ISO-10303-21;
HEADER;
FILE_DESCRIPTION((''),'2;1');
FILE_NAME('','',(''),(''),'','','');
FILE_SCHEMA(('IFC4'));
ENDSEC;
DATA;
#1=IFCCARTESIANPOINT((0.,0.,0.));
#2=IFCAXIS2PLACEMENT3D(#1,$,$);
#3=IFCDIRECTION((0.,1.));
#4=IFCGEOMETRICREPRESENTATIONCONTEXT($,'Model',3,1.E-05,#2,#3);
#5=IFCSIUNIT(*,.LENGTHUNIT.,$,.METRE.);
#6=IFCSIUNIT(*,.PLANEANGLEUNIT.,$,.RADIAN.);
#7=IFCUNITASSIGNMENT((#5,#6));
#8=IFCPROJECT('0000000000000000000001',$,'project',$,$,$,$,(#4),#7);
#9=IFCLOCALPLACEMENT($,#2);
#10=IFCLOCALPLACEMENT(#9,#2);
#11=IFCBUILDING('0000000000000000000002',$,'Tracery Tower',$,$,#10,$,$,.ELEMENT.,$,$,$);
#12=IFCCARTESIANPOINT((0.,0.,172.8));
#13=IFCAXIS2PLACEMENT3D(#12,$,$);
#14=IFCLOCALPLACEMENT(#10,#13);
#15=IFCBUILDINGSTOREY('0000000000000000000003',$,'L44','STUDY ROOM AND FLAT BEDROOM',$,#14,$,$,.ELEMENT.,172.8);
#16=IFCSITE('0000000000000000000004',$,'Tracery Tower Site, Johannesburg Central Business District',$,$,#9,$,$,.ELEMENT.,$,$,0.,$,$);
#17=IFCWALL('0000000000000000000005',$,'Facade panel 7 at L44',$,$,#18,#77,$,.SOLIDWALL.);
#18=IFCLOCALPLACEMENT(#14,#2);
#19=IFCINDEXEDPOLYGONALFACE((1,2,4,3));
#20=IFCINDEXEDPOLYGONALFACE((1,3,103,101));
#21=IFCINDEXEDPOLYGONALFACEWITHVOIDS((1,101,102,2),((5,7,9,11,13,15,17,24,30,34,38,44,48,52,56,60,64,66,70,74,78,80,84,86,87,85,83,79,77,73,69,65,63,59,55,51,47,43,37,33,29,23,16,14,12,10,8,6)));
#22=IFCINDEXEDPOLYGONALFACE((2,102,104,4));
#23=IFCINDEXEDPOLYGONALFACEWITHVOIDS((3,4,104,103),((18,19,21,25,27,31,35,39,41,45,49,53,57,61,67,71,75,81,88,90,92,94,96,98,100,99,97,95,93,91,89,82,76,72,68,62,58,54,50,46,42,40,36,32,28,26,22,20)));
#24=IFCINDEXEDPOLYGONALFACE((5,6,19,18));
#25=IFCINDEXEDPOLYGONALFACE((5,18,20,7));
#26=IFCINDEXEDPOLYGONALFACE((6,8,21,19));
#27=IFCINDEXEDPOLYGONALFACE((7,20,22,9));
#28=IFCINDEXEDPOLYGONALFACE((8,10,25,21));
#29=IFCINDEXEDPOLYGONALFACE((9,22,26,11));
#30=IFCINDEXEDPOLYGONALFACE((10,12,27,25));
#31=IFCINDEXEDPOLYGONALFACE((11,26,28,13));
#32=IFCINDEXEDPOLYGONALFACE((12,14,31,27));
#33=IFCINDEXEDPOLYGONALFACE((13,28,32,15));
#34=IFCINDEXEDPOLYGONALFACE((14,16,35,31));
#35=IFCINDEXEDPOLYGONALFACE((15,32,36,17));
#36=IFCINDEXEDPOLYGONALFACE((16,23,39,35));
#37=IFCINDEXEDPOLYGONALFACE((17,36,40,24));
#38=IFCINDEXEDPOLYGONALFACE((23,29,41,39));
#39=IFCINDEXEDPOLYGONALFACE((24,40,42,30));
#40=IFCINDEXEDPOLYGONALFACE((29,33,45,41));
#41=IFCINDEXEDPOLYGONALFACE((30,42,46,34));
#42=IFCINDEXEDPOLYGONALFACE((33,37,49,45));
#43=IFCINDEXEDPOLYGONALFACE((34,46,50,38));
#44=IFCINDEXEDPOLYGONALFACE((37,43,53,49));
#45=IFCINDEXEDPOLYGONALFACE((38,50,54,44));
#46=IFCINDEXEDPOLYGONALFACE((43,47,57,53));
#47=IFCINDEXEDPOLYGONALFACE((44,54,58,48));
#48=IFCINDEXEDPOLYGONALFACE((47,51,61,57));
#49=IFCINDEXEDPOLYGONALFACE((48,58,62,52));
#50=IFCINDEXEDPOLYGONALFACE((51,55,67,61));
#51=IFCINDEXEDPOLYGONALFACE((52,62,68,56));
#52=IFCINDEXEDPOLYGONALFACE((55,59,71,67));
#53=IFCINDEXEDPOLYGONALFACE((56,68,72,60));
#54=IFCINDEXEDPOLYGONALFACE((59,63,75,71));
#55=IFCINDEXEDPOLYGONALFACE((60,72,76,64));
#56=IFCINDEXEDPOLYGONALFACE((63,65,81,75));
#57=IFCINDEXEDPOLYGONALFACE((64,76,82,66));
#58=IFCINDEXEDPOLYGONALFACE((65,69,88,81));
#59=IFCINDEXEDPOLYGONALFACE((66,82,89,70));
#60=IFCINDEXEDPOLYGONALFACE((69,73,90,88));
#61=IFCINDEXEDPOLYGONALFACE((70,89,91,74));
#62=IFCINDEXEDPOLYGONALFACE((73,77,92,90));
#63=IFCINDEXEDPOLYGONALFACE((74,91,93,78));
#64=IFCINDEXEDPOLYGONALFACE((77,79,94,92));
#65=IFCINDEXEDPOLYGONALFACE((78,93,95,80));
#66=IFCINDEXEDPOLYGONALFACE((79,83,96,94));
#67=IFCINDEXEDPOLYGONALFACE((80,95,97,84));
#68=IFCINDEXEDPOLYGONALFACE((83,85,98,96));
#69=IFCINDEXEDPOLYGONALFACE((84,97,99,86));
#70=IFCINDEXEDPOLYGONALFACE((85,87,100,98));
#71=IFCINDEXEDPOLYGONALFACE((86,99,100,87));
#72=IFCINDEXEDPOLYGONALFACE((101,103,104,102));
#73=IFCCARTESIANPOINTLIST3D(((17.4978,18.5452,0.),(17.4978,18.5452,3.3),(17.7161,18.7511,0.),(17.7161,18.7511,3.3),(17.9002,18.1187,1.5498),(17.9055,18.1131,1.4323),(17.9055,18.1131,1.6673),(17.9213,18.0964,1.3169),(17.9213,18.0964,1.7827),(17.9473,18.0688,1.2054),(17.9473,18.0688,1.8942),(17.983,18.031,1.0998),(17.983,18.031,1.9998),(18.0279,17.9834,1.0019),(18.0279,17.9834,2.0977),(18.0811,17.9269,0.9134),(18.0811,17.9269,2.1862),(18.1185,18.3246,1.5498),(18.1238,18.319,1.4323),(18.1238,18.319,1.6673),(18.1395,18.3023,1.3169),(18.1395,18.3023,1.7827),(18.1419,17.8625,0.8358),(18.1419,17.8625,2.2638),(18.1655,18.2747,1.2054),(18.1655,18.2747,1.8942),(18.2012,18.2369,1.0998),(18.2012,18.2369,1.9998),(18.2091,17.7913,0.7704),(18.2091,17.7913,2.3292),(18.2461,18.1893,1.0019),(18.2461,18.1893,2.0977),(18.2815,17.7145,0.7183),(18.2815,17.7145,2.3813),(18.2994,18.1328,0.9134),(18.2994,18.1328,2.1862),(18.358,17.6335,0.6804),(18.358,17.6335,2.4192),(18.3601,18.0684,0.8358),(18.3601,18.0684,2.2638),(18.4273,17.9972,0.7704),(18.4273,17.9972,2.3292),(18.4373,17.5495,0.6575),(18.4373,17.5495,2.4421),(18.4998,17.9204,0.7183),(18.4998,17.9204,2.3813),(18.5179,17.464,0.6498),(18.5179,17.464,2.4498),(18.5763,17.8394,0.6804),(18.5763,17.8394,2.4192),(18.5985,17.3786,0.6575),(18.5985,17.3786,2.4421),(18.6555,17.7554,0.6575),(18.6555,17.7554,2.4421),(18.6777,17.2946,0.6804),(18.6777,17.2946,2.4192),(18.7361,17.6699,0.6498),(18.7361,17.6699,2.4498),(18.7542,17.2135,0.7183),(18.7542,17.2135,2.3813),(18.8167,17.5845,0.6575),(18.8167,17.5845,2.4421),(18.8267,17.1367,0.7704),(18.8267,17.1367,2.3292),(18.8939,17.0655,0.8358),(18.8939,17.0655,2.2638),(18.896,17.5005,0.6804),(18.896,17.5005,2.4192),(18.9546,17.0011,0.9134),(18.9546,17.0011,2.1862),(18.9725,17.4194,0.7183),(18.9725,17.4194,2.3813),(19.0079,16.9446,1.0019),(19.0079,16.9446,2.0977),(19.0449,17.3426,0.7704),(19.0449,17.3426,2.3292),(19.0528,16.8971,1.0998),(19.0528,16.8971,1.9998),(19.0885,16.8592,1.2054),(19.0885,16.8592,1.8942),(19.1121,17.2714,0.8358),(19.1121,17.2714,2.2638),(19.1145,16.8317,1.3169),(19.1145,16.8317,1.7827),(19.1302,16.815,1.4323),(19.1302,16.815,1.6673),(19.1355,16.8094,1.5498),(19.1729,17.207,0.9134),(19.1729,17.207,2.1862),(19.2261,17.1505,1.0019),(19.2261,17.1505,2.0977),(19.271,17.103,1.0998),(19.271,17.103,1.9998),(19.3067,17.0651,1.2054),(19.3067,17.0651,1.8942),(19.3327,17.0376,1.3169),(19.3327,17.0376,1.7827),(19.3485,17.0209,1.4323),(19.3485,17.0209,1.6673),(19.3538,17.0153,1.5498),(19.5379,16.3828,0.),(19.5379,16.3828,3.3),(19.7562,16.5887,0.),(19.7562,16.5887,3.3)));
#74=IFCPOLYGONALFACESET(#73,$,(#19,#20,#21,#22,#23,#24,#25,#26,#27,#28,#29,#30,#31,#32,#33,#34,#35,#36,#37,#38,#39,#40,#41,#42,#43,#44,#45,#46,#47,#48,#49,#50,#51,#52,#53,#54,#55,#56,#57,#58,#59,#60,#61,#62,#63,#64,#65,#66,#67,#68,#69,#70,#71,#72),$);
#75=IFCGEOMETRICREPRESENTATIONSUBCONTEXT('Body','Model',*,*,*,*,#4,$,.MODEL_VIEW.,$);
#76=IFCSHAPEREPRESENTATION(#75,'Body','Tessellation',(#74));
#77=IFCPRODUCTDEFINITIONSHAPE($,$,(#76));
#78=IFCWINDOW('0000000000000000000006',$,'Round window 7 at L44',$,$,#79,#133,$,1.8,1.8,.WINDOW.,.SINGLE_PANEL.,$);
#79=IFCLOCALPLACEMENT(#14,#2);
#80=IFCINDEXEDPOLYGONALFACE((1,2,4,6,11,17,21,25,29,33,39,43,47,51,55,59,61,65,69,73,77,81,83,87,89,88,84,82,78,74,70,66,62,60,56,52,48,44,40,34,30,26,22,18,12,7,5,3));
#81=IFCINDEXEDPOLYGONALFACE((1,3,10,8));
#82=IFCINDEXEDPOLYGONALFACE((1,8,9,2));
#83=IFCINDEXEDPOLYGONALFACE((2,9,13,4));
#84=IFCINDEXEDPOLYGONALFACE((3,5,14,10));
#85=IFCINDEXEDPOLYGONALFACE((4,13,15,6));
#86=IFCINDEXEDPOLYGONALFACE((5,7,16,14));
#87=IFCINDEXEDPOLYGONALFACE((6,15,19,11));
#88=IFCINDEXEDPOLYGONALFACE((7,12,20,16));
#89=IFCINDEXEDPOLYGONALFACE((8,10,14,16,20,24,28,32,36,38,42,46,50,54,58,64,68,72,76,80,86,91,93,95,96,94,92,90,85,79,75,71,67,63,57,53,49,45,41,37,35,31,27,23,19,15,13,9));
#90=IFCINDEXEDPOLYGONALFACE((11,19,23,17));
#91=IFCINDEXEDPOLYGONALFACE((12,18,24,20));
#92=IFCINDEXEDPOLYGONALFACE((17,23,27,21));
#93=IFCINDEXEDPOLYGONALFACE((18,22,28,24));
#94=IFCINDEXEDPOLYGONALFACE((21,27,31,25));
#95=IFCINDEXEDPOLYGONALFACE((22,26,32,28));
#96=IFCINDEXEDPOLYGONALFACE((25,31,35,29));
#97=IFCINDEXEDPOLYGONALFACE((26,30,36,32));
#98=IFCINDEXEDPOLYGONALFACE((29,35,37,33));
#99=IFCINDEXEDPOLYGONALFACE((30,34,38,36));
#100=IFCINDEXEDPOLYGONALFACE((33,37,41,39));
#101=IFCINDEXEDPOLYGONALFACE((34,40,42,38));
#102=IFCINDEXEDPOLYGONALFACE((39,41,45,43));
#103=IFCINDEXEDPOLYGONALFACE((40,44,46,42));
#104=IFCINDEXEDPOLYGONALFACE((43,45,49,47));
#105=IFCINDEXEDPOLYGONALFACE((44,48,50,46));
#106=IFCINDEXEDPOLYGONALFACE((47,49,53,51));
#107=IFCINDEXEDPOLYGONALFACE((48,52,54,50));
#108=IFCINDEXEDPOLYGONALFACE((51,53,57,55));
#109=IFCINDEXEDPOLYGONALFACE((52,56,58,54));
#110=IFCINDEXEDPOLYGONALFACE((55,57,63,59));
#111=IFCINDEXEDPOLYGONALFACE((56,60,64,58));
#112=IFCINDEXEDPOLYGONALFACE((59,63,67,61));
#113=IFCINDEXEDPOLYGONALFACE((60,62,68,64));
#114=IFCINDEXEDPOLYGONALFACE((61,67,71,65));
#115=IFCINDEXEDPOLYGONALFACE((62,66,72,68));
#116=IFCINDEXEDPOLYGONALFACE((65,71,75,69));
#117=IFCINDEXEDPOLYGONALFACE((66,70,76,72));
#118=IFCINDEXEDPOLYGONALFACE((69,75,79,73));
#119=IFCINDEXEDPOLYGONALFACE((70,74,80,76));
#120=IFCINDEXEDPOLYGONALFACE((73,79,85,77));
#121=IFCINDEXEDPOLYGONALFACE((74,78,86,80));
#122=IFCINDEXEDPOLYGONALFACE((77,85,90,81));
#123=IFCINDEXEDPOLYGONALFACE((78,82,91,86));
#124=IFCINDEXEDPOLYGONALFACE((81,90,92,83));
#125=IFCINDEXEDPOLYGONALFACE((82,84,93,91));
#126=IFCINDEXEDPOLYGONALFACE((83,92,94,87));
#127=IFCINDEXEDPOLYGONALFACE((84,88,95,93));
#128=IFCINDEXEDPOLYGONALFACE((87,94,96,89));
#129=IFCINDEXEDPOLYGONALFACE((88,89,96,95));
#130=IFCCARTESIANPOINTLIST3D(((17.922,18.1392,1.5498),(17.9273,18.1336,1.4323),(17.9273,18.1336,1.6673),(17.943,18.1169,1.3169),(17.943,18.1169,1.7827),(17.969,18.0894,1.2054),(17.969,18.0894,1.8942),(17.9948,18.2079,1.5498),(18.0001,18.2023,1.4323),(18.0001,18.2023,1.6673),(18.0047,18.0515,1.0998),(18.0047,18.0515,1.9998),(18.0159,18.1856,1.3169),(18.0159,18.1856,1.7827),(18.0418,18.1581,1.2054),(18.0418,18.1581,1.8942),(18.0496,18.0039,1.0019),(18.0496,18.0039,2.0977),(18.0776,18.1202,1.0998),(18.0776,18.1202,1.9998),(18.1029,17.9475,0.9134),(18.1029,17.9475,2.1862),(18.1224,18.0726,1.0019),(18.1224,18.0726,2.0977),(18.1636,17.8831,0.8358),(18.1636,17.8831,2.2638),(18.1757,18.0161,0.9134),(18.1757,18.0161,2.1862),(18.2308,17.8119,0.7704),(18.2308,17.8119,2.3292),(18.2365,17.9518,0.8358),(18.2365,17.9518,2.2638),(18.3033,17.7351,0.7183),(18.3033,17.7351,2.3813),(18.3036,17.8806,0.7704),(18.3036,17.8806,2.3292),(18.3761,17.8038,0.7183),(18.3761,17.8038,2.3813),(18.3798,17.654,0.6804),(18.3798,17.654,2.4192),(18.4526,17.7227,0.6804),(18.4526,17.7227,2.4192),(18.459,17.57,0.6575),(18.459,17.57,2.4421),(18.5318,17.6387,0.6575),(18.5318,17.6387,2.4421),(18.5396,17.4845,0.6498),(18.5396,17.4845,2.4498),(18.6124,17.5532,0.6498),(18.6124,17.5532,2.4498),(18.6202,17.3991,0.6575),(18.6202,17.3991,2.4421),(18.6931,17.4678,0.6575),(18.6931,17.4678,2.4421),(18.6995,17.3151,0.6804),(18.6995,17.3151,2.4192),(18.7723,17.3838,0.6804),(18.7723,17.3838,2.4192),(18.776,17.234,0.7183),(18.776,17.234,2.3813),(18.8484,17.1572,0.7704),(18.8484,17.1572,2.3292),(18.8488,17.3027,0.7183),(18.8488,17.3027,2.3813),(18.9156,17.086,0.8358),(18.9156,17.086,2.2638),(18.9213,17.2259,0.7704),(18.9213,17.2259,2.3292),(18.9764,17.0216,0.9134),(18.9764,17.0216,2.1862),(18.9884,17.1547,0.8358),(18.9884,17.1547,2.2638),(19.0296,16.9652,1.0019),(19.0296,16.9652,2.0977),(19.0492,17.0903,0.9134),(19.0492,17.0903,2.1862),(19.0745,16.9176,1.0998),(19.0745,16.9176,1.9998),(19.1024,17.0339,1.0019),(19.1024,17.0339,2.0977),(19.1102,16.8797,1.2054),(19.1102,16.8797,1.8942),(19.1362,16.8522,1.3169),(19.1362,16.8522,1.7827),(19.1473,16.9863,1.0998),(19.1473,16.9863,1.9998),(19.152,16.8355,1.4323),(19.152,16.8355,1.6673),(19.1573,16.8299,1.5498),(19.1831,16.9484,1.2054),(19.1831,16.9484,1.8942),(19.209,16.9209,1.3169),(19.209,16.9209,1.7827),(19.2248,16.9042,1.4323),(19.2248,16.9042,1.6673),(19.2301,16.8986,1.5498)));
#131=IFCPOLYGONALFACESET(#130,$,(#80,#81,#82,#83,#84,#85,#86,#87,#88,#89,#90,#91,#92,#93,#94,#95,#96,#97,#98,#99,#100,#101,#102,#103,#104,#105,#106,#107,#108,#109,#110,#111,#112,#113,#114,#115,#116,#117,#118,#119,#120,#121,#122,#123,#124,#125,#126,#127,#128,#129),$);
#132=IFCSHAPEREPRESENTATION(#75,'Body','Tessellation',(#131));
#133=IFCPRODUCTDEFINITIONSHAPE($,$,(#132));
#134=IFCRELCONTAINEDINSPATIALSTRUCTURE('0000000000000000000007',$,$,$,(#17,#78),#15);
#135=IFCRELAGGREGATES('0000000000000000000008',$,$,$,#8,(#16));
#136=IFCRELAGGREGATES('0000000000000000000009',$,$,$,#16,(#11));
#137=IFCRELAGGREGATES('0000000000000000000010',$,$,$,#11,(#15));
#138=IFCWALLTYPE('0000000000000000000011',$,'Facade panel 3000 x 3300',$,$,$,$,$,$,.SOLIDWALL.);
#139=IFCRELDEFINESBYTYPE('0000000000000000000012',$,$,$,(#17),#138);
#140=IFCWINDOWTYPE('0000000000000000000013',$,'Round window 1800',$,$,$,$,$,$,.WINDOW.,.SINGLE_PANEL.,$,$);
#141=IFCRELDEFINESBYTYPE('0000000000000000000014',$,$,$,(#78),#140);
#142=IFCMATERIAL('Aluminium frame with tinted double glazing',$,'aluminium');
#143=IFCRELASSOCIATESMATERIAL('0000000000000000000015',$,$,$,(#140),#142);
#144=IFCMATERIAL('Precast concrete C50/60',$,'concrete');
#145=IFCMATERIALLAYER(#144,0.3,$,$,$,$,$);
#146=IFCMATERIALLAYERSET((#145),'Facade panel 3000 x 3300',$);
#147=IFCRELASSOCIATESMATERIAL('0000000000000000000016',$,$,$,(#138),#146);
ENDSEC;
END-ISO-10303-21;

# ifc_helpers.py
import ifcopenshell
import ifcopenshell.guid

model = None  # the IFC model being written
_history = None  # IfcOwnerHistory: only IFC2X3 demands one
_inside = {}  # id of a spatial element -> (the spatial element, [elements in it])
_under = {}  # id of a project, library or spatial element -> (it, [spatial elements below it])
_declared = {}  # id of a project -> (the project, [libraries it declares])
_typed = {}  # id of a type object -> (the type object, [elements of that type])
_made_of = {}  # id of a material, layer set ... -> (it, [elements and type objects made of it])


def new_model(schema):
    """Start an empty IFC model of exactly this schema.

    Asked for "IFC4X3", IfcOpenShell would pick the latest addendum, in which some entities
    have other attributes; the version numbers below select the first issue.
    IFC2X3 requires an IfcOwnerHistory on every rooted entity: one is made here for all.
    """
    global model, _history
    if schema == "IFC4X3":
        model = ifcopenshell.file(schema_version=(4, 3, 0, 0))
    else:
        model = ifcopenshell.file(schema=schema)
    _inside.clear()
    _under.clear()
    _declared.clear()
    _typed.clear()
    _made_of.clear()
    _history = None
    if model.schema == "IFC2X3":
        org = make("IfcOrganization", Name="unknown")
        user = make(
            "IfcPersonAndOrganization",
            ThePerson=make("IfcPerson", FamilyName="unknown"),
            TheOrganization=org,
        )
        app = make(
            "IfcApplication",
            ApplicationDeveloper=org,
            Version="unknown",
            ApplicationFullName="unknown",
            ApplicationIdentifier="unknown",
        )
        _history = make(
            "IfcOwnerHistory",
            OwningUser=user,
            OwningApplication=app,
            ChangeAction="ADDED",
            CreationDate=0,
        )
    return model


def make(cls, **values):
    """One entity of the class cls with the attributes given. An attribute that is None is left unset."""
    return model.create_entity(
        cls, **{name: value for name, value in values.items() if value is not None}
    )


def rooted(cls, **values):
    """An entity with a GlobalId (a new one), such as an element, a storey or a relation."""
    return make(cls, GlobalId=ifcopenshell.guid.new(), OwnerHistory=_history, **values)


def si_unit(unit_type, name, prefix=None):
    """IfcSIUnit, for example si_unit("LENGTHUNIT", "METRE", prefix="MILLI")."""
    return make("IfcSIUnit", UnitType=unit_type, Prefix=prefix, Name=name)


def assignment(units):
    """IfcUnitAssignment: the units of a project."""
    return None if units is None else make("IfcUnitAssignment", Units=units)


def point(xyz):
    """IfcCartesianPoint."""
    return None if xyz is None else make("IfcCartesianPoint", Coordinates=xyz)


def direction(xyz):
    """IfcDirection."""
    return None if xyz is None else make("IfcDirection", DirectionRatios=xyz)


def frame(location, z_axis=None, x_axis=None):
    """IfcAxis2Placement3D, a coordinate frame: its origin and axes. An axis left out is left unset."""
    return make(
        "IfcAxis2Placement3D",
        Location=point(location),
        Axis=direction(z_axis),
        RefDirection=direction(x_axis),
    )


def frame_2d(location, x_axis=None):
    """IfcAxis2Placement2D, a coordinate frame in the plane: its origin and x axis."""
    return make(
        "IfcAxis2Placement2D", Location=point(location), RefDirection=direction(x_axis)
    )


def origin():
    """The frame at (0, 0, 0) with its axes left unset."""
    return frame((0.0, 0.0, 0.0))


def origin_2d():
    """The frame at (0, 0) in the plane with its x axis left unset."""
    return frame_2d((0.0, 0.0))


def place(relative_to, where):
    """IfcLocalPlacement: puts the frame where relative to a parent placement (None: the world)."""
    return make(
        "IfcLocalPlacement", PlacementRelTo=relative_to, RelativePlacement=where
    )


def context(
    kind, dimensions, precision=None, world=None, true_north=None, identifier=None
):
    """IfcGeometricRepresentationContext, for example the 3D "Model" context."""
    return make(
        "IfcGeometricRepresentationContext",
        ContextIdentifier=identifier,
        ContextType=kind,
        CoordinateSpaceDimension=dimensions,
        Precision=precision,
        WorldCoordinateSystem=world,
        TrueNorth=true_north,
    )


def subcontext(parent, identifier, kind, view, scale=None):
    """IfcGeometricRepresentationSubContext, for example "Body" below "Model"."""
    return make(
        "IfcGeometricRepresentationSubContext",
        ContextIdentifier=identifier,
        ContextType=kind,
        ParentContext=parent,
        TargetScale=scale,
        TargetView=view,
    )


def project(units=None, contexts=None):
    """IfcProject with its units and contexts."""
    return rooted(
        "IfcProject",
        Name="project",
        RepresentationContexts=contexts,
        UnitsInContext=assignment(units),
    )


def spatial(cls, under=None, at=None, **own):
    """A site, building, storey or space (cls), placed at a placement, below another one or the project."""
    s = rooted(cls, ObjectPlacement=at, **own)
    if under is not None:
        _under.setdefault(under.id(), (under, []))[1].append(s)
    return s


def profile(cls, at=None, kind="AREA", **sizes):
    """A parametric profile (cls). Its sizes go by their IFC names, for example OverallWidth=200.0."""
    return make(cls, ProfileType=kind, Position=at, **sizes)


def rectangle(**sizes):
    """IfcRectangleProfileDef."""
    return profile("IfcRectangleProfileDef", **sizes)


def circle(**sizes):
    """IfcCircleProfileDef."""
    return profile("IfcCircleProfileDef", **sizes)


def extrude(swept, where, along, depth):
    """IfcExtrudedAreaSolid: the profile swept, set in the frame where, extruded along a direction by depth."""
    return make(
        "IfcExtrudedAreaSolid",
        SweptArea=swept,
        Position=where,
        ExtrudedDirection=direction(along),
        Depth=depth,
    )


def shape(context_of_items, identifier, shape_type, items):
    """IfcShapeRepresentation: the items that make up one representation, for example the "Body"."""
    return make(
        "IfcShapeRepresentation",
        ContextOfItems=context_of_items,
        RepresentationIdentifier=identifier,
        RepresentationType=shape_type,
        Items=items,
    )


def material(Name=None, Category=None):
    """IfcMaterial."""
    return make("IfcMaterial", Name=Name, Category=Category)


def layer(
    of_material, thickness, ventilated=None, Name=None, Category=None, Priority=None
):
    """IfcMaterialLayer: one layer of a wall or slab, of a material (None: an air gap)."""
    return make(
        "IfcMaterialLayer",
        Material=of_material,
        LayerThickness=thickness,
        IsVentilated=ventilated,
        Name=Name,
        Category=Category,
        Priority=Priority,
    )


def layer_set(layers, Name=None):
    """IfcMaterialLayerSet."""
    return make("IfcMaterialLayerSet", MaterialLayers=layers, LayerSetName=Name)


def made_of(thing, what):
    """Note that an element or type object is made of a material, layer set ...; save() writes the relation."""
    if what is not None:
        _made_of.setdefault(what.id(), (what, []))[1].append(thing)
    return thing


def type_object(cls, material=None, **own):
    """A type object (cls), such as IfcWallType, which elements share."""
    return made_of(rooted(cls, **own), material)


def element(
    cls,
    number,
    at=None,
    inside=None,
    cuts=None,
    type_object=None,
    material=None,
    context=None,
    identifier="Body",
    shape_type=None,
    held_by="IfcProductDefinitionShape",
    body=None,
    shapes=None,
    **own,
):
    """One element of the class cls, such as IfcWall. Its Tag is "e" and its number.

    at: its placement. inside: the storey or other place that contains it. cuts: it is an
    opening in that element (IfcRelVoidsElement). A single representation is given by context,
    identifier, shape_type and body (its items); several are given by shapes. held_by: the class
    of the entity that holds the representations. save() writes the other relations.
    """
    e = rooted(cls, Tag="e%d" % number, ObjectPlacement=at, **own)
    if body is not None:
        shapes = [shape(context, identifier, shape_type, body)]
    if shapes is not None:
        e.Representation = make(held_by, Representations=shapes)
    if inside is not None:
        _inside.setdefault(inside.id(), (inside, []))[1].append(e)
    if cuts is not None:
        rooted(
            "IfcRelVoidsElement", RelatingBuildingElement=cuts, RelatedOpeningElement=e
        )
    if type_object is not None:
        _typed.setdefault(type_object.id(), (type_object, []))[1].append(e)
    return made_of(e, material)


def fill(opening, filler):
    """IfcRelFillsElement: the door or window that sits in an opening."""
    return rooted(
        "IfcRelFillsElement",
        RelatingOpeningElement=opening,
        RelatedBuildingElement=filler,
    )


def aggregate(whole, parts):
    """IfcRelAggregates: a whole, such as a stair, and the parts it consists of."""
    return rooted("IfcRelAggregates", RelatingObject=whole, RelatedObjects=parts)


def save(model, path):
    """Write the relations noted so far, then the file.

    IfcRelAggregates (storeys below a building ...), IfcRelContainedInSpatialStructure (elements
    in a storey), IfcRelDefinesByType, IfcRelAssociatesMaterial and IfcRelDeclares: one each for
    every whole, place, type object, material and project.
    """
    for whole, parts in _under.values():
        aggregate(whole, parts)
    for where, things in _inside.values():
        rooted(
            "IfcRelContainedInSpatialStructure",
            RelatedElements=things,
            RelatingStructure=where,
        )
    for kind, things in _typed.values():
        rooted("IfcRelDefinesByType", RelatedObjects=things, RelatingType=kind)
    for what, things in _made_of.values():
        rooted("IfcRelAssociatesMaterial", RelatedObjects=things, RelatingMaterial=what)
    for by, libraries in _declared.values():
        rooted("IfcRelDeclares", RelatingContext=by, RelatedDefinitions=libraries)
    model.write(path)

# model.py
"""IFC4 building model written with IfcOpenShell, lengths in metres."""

from ifc_helpers import new_model, si_unit, direction, frame, frame_2d, origin, origin_2d, place, context, subcontext, project, spatial, rectangle, circle, extrude, material, layer, layer_set, type_object, element, fill, save


model = new_model("IFC4")

# Units and contexts
model_context = context("Model", 3, precision=1e-05, world=origin(), true_north=direction((0.0, 1.0)))
body_context = subcontext(model_context, "Body", "Model", "MODEL_VIEW")
ifc_project = project(units=[si_unit("LENGTHUNIT", "METRE"), si_unit("PLANEANGLEUNIT", "RADIAN")], contexts=[model_context])

# Site, building, storey
site_placement = place(None, origin())
site = spatial("IfcSite", under=ifc_project, at=site_placement, Name="Tracery Tower Site, Johannesburg Central Business District", CompositionType="ELEMENT", RefElevation=0.0)
building_placement = place(site_placement, origin())
building = spatial("IfcBuilding", under=site, at=building_placement, Name="Tracery Tower", CompositionType="ELEMENT")
storey_placement = place(building_placement, frame((0.0, 0.0, 172.8)))
storey = spatial("IfcBuildingStorey", under=building, at=storey_placement, Name="L44", Description="STUDY ROOM AND FLAT BEDROOM", CompositionType="ELEMENT", Elevation=172.8)

# Wall, opening, window
ifc_material_1 = material(Name="Aluminium frame with tinted double glazing", Category="aluminium")
window_type = type_object("IfcWindowType", Name="Round window 1800", PartitioningType="SINGLE_PANEL", PredefinedType="WINDOW", material=ifc_material_1)
ifc_material_2 = material(Name="Precast concrete C50/60", Category="concrete")
ifc_layer_1 = layer(ifc_material_2, 0.3)
ifc_layer_set_1 = layer_set([ifc_layer_1], Name="Facade panel 3000 x 3300")
wall_type_1 = type_object("IfcWallType", Name="Facade panel 3000 x 3300", PredefinedType="SOLIDWALL", material=ifc_layer_set_1)
wall_1_placement = place(storey_placement, frame((19.647, 16.4858, 0.0), z_axis=(0.0, 0.0, 1.0), x_axis=(-0.686235, 0.72738, 0.0)))
wall_1 = element("IfcWall", 1, at=wall_1_placement, inside=storey, type_object=wall_type_1, Name="Facade panel 7 at L44", PredefinedType="SOLIDWALL", context=body_context, shape_type="SweptSolid", body=[
    extrude(rectangle(XDim=2.9729, YDim=0.3, at=frame_2d((1.4863, 0.0))), origin(), (0.0, 0.0, 1.0), 3.3),
])
opening_1_placement = place(wall_1_placement, frame((1.4863, 0.0, 1.5498)))
opening_1 = element("IfcOpeningElement", 2, at=opening_1_placement, cuts=wall_1, PredefinedType="OPENING", context=body_context, shape_type="SweptSolid", body=[
    extrude(circle(Radius=0.9, at=origin_2d()), frame((0.0, 0.1599, 0.0), z_axis=(0.0, -1.0, 0.0), x_axis=(1.0, 0.0, 0.0)), (0.0, 0.0, 1.0), 0.3201),
])
window_1_placement = place(opening_1_placement, origin())
window_1 = element("IfcWindow", 3, at=window_1_placement, inside=storey, type_object=window_type, Name="Round window 7 at L44", OverallHeight=1.8, OverallWidth=1.8, PartitioningType="SINGLE_PANEL", PredefinedType="WINDOW", context=body_context, shape_type="SweptSolid", body=[
    extrude(circle(Radius=0.9, at=origin_2d()), frame((0.0, 0.1201, 0.0), z_axis=(0.0, -1.0, 0.0), x_axis=(1.0, 0.0, 0.0)), (0.0, 0.0, 1.0), 0.1001),
])
fill(opening_1, window_1)

save(model, "model.ifc")
